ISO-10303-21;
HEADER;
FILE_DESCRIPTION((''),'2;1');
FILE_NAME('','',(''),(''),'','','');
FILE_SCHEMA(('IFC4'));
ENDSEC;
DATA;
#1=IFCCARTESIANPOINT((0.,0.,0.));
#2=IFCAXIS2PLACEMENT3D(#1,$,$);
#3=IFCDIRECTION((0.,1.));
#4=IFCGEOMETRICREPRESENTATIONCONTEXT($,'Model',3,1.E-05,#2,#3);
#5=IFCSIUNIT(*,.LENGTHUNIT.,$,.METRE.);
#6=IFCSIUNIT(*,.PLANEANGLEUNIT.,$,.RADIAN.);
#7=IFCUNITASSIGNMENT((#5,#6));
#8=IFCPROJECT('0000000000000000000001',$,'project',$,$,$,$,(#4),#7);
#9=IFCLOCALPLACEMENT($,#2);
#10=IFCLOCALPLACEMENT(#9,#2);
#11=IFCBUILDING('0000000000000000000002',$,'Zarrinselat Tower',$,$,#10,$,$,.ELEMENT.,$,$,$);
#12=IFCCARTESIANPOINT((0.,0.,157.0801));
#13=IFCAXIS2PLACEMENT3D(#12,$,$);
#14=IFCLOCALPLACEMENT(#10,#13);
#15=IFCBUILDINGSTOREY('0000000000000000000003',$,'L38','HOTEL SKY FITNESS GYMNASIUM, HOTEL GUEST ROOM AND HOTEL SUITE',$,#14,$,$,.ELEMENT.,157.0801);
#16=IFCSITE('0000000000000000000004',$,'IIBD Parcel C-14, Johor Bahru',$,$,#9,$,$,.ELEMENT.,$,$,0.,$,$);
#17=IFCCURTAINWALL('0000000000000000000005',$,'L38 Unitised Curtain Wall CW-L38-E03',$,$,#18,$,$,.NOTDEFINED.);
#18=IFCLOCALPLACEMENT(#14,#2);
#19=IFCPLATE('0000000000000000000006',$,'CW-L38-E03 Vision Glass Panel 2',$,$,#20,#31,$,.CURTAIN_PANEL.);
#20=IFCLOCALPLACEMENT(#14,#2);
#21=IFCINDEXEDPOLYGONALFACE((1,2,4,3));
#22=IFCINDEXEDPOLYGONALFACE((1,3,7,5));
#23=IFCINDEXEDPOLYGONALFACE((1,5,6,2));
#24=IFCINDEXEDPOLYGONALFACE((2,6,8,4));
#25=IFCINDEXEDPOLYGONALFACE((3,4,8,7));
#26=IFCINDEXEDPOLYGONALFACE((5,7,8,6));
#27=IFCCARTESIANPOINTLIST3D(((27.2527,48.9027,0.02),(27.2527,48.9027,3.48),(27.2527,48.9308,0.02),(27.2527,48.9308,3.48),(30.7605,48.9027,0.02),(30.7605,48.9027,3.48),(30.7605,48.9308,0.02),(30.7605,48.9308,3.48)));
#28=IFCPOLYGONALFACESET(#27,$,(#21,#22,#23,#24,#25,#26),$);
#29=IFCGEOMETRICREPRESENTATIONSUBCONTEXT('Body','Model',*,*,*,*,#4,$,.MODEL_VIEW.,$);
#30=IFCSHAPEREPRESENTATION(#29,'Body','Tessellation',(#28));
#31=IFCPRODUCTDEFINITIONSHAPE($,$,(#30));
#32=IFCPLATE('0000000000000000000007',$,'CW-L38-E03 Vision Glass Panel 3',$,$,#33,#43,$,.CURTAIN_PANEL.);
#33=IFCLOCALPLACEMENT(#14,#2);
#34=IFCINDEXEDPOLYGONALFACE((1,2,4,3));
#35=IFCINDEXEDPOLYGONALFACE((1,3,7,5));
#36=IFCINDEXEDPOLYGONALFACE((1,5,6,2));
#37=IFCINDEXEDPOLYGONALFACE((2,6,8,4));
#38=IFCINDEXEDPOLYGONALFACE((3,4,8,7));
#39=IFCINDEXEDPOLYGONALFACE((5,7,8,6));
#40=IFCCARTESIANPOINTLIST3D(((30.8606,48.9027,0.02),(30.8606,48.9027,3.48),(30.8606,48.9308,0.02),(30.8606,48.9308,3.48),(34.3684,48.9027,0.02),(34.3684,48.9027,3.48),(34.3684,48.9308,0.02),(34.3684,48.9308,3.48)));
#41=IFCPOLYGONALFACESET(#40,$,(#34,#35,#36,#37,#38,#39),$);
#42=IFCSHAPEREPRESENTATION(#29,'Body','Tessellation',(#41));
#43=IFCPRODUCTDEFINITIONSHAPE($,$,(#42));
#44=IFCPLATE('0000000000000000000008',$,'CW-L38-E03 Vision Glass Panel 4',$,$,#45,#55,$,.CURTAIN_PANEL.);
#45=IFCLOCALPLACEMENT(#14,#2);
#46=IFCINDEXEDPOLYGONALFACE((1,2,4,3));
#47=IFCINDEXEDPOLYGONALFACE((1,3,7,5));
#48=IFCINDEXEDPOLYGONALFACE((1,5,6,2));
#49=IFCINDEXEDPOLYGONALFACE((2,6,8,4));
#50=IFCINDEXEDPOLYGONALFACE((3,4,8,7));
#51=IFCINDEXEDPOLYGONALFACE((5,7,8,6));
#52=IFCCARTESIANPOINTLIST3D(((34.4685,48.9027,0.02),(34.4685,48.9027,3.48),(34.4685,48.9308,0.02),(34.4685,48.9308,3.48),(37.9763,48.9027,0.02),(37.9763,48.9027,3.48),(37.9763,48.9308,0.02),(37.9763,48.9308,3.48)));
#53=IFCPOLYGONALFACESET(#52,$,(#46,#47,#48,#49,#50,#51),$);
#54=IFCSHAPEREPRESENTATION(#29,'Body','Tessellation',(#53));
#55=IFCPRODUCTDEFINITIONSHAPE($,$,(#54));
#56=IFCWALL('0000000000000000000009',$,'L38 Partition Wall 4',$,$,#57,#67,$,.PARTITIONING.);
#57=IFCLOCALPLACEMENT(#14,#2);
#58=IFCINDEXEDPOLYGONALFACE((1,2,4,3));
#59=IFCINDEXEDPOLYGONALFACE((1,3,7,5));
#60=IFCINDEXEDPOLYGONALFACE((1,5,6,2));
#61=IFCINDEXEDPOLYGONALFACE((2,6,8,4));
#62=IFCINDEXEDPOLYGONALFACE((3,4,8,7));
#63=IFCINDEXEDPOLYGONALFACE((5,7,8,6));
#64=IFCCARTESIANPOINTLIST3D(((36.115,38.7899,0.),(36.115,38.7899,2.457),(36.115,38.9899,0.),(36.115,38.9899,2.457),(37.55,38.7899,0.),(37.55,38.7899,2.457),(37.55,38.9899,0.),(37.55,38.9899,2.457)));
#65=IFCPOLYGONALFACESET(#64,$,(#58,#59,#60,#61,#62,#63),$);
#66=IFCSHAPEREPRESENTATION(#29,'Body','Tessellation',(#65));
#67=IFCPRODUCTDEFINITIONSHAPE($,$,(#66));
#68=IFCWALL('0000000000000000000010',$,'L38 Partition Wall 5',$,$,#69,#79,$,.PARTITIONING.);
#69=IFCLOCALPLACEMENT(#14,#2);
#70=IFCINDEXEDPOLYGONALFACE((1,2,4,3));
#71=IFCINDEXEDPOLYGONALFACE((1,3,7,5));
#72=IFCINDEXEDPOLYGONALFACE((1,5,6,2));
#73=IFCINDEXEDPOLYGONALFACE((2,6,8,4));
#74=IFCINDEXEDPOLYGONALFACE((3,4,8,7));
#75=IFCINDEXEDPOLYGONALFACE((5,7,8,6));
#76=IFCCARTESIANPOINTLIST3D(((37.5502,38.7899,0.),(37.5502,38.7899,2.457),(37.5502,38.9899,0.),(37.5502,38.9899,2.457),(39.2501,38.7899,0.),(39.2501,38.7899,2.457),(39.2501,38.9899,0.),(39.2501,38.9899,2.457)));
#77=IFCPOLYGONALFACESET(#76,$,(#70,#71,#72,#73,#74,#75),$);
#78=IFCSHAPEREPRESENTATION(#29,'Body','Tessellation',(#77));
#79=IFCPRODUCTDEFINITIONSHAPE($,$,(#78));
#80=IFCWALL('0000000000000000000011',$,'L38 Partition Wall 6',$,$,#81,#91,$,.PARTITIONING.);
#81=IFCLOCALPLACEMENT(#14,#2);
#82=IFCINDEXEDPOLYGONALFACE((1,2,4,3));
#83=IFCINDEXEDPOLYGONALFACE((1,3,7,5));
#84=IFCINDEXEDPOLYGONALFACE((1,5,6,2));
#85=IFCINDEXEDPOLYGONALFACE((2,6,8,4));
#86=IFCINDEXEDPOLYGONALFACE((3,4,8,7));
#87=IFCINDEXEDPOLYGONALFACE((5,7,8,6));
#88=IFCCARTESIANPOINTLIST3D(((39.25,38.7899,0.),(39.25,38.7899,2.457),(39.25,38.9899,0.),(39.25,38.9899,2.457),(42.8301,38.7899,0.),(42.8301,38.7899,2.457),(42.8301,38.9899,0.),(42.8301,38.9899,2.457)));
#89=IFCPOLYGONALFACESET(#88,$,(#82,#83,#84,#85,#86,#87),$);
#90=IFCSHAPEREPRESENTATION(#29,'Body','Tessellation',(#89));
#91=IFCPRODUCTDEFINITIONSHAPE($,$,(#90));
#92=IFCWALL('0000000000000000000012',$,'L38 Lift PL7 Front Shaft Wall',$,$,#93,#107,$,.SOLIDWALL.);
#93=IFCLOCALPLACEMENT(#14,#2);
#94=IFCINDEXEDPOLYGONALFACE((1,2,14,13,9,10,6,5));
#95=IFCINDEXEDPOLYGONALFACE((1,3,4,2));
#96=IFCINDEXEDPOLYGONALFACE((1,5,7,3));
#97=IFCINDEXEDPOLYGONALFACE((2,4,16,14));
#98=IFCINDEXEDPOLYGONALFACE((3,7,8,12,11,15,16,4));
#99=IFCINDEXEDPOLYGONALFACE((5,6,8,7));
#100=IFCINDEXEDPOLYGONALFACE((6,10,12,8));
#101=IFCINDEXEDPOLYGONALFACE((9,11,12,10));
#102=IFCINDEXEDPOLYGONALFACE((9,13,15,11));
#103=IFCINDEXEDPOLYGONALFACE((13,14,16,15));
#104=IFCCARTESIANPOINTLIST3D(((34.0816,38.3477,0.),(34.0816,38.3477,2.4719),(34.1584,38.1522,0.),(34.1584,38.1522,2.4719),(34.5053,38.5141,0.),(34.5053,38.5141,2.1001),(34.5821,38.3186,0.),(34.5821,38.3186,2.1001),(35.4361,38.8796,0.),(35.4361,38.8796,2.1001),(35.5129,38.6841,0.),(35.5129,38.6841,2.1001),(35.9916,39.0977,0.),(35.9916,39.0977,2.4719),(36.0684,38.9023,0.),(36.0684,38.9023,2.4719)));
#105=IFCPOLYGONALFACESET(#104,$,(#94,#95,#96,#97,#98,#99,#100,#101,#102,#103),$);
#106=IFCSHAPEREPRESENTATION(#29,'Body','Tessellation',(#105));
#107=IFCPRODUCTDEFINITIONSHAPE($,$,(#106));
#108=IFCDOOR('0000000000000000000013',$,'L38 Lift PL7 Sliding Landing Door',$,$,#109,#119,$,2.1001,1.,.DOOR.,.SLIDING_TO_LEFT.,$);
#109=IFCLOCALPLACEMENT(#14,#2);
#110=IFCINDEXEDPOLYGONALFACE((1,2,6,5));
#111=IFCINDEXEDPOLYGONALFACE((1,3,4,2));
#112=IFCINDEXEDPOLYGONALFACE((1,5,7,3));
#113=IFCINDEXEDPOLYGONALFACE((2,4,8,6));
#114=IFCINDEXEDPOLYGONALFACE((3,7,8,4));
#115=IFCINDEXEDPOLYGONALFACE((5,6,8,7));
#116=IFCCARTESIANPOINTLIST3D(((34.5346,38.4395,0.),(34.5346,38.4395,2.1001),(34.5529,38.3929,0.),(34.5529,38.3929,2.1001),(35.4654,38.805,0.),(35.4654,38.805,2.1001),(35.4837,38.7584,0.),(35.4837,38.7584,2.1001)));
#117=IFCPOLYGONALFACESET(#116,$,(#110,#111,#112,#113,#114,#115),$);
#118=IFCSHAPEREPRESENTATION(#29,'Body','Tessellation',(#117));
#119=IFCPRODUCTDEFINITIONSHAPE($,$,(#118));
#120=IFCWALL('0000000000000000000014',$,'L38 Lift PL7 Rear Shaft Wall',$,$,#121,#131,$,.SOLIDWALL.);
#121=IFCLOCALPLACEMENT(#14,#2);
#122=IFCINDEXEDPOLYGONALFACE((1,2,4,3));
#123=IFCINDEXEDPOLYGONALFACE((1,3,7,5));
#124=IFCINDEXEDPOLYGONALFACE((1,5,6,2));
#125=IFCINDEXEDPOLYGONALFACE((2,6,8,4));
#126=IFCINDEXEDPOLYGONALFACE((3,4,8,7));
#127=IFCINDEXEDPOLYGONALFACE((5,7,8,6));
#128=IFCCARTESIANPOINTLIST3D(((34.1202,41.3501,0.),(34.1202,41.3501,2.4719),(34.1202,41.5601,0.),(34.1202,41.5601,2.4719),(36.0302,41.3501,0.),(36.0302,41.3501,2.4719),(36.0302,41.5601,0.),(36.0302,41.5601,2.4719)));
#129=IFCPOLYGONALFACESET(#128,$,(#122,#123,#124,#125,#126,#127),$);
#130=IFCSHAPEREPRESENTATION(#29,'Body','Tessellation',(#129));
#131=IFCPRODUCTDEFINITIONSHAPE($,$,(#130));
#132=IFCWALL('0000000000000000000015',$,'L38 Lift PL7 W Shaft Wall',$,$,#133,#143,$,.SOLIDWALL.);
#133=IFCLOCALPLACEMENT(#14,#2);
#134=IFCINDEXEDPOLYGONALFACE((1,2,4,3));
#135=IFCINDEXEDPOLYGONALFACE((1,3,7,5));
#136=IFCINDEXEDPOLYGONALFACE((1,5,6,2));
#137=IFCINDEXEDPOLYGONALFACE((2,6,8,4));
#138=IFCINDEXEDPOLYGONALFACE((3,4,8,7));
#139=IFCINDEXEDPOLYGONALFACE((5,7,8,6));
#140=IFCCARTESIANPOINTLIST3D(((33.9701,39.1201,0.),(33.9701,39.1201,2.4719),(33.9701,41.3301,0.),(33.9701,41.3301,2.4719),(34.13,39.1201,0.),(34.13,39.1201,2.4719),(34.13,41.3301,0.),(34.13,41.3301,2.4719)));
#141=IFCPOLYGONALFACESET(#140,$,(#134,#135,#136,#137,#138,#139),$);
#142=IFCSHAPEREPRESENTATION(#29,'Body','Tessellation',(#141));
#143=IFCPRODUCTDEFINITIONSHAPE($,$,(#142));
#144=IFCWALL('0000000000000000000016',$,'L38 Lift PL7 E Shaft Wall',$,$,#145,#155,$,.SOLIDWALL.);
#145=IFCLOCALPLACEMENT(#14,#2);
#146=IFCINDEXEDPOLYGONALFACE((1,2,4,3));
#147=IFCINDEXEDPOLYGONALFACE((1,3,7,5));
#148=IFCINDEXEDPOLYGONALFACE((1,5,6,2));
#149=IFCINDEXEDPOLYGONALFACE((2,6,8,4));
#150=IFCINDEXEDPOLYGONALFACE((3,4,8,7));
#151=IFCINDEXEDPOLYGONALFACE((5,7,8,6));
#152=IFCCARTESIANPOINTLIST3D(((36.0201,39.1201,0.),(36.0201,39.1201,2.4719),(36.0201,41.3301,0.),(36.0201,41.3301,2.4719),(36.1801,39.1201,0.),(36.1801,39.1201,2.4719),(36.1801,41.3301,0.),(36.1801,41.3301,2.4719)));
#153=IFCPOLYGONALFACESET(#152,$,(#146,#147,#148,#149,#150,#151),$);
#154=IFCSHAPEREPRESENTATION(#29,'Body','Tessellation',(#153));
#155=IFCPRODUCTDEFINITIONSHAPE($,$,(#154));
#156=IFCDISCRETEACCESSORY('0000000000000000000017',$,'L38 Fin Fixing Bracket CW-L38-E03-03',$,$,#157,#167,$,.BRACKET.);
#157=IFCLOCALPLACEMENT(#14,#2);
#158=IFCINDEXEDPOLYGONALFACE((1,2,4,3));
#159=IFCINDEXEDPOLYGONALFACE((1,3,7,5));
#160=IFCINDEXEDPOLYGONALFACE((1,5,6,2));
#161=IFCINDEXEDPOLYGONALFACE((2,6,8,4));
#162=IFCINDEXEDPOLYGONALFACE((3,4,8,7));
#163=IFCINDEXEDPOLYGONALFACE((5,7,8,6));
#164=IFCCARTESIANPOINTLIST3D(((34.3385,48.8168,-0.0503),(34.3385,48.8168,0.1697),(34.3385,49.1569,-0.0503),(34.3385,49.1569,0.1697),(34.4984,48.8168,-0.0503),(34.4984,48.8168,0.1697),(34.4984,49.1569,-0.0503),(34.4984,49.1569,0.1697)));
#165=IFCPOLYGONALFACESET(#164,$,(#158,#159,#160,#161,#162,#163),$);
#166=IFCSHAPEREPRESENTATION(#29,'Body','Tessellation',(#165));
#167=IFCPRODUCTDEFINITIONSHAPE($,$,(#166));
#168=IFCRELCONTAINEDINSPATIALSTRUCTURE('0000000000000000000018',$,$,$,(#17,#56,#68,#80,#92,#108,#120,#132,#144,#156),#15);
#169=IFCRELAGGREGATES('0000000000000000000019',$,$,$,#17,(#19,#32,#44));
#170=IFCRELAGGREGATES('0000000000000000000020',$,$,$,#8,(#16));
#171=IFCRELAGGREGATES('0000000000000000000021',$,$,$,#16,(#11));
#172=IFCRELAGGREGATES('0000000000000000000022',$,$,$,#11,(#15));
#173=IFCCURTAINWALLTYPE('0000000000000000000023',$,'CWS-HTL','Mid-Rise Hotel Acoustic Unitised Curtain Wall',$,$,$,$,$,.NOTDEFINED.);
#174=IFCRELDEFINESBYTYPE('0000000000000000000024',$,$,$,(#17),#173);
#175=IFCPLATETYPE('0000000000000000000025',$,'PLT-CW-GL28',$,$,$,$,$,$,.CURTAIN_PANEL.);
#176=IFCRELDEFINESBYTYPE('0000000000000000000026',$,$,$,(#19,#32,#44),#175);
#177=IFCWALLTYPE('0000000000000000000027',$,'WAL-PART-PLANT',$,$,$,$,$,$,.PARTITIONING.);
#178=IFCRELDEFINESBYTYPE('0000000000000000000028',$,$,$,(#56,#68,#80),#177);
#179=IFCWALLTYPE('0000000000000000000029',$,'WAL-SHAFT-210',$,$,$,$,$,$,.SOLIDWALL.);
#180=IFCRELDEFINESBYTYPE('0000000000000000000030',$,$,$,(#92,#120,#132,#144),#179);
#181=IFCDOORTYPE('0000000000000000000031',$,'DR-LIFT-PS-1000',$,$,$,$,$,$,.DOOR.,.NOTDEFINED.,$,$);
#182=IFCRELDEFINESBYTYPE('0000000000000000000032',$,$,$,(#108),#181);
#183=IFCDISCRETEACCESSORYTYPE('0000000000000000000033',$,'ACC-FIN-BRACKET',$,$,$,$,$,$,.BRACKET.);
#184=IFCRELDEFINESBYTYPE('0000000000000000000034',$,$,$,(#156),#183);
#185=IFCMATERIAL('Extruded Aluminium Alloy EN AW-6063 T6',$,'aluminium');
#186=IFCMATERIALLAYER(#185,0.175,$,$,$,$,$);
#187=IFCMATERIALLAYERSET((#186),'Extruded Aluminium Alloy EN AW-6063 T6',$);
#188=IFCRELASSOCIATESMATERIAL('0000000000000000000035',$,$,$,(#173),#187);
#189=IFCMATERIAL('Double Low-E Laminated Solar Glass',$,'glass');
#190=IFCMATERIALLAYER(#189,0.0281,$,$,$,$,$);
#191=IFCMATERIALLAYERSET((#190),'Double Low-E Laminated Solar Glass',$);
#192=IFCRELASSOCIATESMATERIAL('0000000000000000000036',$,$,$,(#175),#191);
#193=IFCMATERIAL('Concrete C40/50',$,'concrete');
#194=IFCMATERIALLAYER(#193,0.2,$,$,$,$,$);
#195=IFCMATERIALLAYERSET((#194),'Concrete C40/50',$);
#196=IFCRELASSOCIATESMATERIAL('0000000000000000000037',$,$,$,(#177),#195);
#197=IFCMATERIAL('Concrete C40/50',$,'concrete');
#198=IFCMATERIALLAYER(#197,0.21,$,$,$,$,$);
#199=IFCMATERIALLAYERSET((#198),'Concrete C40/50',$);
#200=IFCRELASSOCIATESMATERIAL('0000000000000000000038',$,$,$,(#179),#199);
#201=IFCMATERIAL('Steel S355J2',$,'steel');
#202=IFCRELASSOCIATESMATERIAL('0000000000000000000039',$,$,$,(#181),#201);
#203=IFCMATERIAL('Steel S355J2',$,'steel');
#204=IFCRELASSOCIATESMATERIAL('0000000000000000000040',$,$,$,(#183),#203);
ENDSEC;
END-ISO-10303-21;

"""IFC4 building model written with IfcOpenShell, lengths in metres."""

from ifc_helpers import new_model, si_unit, direction, frame, frame_2d, origin, origin_2d, place, context, subcontext, project, spatial, rectangle, extrude, material, layer, layer_set, type_object, element, fill, aggregate, save


model = new_model("IFC4")

# Units and contexts
model_context = context("Model", 3, precision=1e-05, world=origin(), true_north=direction((0.0, 1.0)))
body_context = subcontext(model_context, "Body", "Model", "MODEL_VIEW")
ifc_project = project(units=[si_unit("LENGTHUNIT", "METRE"), si_unit("PLANEANGLEUNIT", "RADIAN")], contexts=[model_context])

# Site, building, storey
site_placement = place(None, origin())
site = spatial("IfcSite", under=ifc_project, at=site_placement, Name="IIBD Parcel C-14, Johor Bahru", CompositionType="ELEMENT", RefElevation=0.0)
building_placement = place(site_placement, origin())
building = spatial("IfcBuilding", under=site, at=building_placement, Name="Zarrinselat Tower", CompositionType="ELEMENT")
storey_placement = place(building_placement, frame((0.0, 0.0, 157.0801)))
storey = spatial("IfcBuildingStorey", under=building, at=storey_placement, Name="L38", Description="HOTEL SKY FITNESS GYMNASIUM, HOTEL GUEST ROOM AND HOTEL SUITE", CompositionType="ELEMENT", Elevation=157.0801)

# Curtain wall, plates
ifc_material_1 = material(Name="Extruded Aluminium Alloy EN AW-6063 T6", Category="aluminium")
ifc_layer_1 = layer(ifc_material_1, 0.175)
ifc_layer_set_1 = layer_set([ifc_layer_1], Name="Extruded Aluminium Alloy EN AW-6063 T6")
curtain_wall_type = type_object("IfcCurtainWallType", Name="CWS-HTL", Description="Mid-Rise Hotel Acoustic Unitised Curtain Wall", PredefinedType="NOTDEFINED", material=ifc_layer_set_1)
curtain_wall_placement = place(storey_placement, origin())
curtain_wall = element("IfcCurtainWall", 1, at=curtain_wall_placement, inside=storey, type_object=curtain_wall_type, Name="L38 Unitised Curtain Wall CW-L38-E03", PredefinedType="NOTDEFINED")
ifc_material_2 = material(Name="Double Low-E Laminated Solar Glass", Category="glass")
ifc_layer_2 = layer(ifc_material_2, 0.0281)
ifc_layer_set_2 = layer_set([ifc_layer_2], Name="Double Low-E Laminated Solar Glass")
plate_type = type_object("IfcPlateType", Name="PLT-CW-GL28", PredefinedType="CURTAIN_PANEL", material=ifc_layer_set_2)
plate_1_placement = place(storey_placement, frame((29.0066, 48.9167, 0.02), z_axis=(0.0, 0.0, 1.0), x_axis=(1.0, 0.0, 0.0)))
plate_1 = element("IfcPlate", 2, at=plate_1_placement, type_object=plate_type, Name="CW-L38-E03 Vision Glass Panel 2", PredefinedType="CURTAIN_PANEL", context=body_context, shape_type="SweptSolid", body=[
    extrude(rectangle(XDim=3.5078, YDim=0.0281, at=origin_2d()), origin(), (0.0, 0.0, 1.0), 3.46),
])
plate_2_placement = place(storey_placement, frame((32.6145, 48.9167, 0.02), z_axis=(0.0, 0.0, 1.0), x_axis=(1.0, 0.0, 0.0)))
plate_2 = element("IfcPlate", 3, at=plate_2_placement, type_object=plate_type, Name="CW-L38-E03 Vision Glass Panel 3", PredefinedType="CURTAIN_PANEL", context=body_context, shape_type="SweptSolid", body=[
    extrude(rectangle(XDim=3.5078, YDim=0.0281, at=origin_2d()), origin(), (0.0, 0.0, 1.0), 3.46),
])
plate_3_placement = place(storey_placement, frame((36.2224, 48.9167, 0.02), z_axis=(0.0, 0.0, 1.0), x_axis=(1.0, 0.0, 0.0)))
plate_3 = element("IfcPlate", 4, at=plate_3_placement, type_object=plate_type, Name="CW-L38-E03 Vision Glass Panel 4", PredefinedType="CURTAIN_PANEL", context=body_context, shape_type="SweptSolid", body=[
    extrude(rectangle(XDim=3.5078, YDim=0.0281, at=origin_2d()), origin(), (0.0, 0.0, 1.0), 3.46),
])
aggregate(curtain_wall, [plate_1, plate_2, plate_3])

# Walls
ifc_material_3 = material(Name="Concrete C40/50", Category="concrete")
ifc_layer_3 = layer(ifc_material_3, 0.2)
ifc_layer_set_3 = layer_set([ifc_layer_3], Name="Concrete C40/50")
wall_type_1 = type_object("IfcWallType", Name="WAL-PART-PLANT", PredefinedType="PARTITIONING", material=ifc_layer_set_3)
wall_1_placement = place(storey_placement, frame((36.115, 38.8899, 0.0), z_axis=(0.0, 0.0, 1.0), x_axis=(1.0, 0.0, 0.0)))
element("IfcWall", 5, at=wall_1_placement, inside=storey, type_object=wall_type_1, Name="L38 Partition Wall 4", PredefinedType="PARTITIONING", context=body_context, shape_type="SweptSolid", body=[
    extrude(rectangle(XDim=1.4351, YDim=0.2, at=frame_2d((0.7175, 0.0))), origin(), (0.0, 0.0, 1.0), 2.457),
])
wall_2_placement = place(storey_placement, frame((37.55, 38.8899, 0.0), z_axis=(0.0, 0.0, 1.0), x_axis=(1.0, 0.0, 0.0)))
element("IfcWall", 6, at=wall_2_placement, inside=storey, type_object=wall_type_1, Name="L38 Partition Wall 5", PredefinedType="PARTITIONING", context=body_context, shape_type="SweptSolid", body=[
    extrude(rectangle(XDim=1.7, YDim=0.2, at=frame_2d((0.8501, 0.0))), origin(), (0.0, 0.0, 1.0), 2.457),
])
wall_3_placement = place(storey_placement, frame((39.25, 38.8899, 0.0), z_axis=(0.0, 0.0, 1.0), x_axis=(1.0, 0.0, 0.0)))
element("IfcWall", 7, at=wall_3_placement, inside=storey, type_object=wall_type_1, Name="L38 Partition Wall 6", PredefinedType="PARTITIONING", context=body_context, shape_type="SweptSolid", body=[
    extrude(rectangle(XDim=3.5801, YDim=0.2, at=frame_2d((1.79, 0.0))), origin(), (0.0, 0.0, 1.0), 2.457),
])

# Wall, opening, door
ifc_material_4 = material(Name="Concrete C40/50", Category="concrete")
ifc_layer_4 = layer(ifc_material_4, 0.21)
ifc_layer_set_4 = layer_set([ifc_layer_4], Name="Concrete C40/50")
wall_type_2 = type_object("IfcWallType", Name="WAL-SHAFT-210", PredefinedType="SOLIDWALL", material=ifc_layer_set_4)
wall_4_placement = place(storey_placement, frame((34.1201, 38.25, 0.0), z_axis=(0.0, 0.0, 1.0), x_axis=(0.930805, 0.365516, 0.0)))
wall_4 = element("IfcWall", 8, at=wall_4_placement, inside=storey, type_object=wall_type_2, Name="L38 Lift PL7 Front Shaft Wall", PredefinedType="SOLIDWALL", context=body_context, shape_type="SweptSolid", body=[
    extrude(rectangle(XDim=2.052, YDim=0.21, at=frame_2d((1.0259, 0.0))), origin(), (0.0, 0.0, 1.0), 2.4719),
])
opening_placement = place(wall_4_placement, frame((0.4551, 0.0, 0.0)))
opening = element("IfcOpeningElement", 9, at=opening_placement, cuts=wall_4, PredefinedType="OPENING", context=body_context, shape_type="SweptSolid", body=[
    extrude(rectangle(XDim=1.0, YDim=2.1001, at=frame_2d((0.5, 1.05))), frame((0.0, 0.115, 0.0), z_axis=(0.0, -1.0, 0.0), x_axis=(1.0, 0.0, 0.0)), (0.0, 0.0, 1.0), 0.23),
])
ifc_material_5 = material(Name="Steel S355J2", Category="steel")
door_type = type_object("IfcDoorType", Name="DR-LIFT-PS-1000", OperationType="NOTDEFINED", PredefinedType="DOOR", material=ifc_material_5)
door_placement = place(opening_placement, origin())
door = element("IfcDoor", 10, at=door_placement, inside=storey, type_object=door_type, Name="L38 Lift PL7 Sliding Landing Door", OperationType="SLIDING_TO_LEFT", OverallHeight=2.1001, OverallWidth=1.0, PredefinedType="DOOR", context=body_context, shape_type="SweptSolid", body=[
    extrude(rectangle(XDim=1.0, YDim=2.1001, at=frame_2d((0.5, 1.05))), frame((0.0, 0.0249, 0.0), z_axis=(0.0, -1.0, 0.0), x_axis=(1.0, 0.0, 0.0)), (0.0, 0.0, 1.0), 0.05),
])
fill(opening, door)

# Walls
wall_5_placement = place(storey_placement, frame((34.1201, 41.4551, 0.0), z_axis=(0.0, 0.0, 1.0), x_axis=(1.0, 0.0, 0.0)))
element("IfcWall", 11, at=wall_5_placement, inside=storey, type_object=wall_type_2, Name="L38 Lift PL7 Rear Shaft Wall", PredefinedType="SOLIDWALL", context=body_context, shape_type="SweptSolid", body=[
    extrude(rectangle(XDim=1.9099, YDim=0.21, at=frame_2d((0.9551, 0.0))), origin(), (0.0, 0.0, 1.0), 2.4719),
])
for number, where, z_axis, x_axis, name in (
    (12, (34.05, 39.1201, 0.0), (0.0, 0.0, 1.0), (0.0, 1.0, 0.0), "L38 Lift PL7 W Shaft Wall"),
    (13, (36.1001, 39.1201, 0.0), (0.0, 0.0, 1.0), (0.0, 1.0, 0.0), "L38 Lift PL7 E Shaft Wall"),
):
    element("IfcWall", number, at=place(storey_placement, frame(where, z_axis=z_axis, x_axis=x_axis)), inside=storey, type_object=wall_type_2, Name=name, PredefinedType="SOLIDWALL", context=body_context, shape_type="SweptSolid", body=[
        extrude(rectangle(XDim=2.21, YDim=0.1599, at=frame_2d((1.105, 0.0))), origin(), (0.0, 0.0, 1.0), 2.4719),
    ])

# Discrete accessory
ifc_material_6 = material(Name="Steel S355J2", Category="steel")
discrete_accessory_type = type_object("IfcDiscreteAccessoryType", Name="ACC-FIN-BRACKET", PredefinedType="BRACKET", material=ifc_material_6)
discrete_accessory_placement = place(storey_placement, frame((34.4185, 48.9868, -0.0503), z_axis=(0.0, 0.0, 1.0), x_axis=(0.0, 1.0, 0.0)))
element("IfcDiscreteAccessory", 14, at=discrete_accessory_placement, inside=storey, type_object=discrete_accessory_type, Name="L38 Fin Fixing Bracket CW-L38-E03-03", PredefinedType="BRACKET", context=body_context, shape_type="SweptSolid", body=[
    extrude(rectangle(XDim=0.3401, YDim=0.1599, at=origin_2d()), origin(), (0.0, 0.0, 1.0), 0.22),
])

save(model, "model.ifc")
